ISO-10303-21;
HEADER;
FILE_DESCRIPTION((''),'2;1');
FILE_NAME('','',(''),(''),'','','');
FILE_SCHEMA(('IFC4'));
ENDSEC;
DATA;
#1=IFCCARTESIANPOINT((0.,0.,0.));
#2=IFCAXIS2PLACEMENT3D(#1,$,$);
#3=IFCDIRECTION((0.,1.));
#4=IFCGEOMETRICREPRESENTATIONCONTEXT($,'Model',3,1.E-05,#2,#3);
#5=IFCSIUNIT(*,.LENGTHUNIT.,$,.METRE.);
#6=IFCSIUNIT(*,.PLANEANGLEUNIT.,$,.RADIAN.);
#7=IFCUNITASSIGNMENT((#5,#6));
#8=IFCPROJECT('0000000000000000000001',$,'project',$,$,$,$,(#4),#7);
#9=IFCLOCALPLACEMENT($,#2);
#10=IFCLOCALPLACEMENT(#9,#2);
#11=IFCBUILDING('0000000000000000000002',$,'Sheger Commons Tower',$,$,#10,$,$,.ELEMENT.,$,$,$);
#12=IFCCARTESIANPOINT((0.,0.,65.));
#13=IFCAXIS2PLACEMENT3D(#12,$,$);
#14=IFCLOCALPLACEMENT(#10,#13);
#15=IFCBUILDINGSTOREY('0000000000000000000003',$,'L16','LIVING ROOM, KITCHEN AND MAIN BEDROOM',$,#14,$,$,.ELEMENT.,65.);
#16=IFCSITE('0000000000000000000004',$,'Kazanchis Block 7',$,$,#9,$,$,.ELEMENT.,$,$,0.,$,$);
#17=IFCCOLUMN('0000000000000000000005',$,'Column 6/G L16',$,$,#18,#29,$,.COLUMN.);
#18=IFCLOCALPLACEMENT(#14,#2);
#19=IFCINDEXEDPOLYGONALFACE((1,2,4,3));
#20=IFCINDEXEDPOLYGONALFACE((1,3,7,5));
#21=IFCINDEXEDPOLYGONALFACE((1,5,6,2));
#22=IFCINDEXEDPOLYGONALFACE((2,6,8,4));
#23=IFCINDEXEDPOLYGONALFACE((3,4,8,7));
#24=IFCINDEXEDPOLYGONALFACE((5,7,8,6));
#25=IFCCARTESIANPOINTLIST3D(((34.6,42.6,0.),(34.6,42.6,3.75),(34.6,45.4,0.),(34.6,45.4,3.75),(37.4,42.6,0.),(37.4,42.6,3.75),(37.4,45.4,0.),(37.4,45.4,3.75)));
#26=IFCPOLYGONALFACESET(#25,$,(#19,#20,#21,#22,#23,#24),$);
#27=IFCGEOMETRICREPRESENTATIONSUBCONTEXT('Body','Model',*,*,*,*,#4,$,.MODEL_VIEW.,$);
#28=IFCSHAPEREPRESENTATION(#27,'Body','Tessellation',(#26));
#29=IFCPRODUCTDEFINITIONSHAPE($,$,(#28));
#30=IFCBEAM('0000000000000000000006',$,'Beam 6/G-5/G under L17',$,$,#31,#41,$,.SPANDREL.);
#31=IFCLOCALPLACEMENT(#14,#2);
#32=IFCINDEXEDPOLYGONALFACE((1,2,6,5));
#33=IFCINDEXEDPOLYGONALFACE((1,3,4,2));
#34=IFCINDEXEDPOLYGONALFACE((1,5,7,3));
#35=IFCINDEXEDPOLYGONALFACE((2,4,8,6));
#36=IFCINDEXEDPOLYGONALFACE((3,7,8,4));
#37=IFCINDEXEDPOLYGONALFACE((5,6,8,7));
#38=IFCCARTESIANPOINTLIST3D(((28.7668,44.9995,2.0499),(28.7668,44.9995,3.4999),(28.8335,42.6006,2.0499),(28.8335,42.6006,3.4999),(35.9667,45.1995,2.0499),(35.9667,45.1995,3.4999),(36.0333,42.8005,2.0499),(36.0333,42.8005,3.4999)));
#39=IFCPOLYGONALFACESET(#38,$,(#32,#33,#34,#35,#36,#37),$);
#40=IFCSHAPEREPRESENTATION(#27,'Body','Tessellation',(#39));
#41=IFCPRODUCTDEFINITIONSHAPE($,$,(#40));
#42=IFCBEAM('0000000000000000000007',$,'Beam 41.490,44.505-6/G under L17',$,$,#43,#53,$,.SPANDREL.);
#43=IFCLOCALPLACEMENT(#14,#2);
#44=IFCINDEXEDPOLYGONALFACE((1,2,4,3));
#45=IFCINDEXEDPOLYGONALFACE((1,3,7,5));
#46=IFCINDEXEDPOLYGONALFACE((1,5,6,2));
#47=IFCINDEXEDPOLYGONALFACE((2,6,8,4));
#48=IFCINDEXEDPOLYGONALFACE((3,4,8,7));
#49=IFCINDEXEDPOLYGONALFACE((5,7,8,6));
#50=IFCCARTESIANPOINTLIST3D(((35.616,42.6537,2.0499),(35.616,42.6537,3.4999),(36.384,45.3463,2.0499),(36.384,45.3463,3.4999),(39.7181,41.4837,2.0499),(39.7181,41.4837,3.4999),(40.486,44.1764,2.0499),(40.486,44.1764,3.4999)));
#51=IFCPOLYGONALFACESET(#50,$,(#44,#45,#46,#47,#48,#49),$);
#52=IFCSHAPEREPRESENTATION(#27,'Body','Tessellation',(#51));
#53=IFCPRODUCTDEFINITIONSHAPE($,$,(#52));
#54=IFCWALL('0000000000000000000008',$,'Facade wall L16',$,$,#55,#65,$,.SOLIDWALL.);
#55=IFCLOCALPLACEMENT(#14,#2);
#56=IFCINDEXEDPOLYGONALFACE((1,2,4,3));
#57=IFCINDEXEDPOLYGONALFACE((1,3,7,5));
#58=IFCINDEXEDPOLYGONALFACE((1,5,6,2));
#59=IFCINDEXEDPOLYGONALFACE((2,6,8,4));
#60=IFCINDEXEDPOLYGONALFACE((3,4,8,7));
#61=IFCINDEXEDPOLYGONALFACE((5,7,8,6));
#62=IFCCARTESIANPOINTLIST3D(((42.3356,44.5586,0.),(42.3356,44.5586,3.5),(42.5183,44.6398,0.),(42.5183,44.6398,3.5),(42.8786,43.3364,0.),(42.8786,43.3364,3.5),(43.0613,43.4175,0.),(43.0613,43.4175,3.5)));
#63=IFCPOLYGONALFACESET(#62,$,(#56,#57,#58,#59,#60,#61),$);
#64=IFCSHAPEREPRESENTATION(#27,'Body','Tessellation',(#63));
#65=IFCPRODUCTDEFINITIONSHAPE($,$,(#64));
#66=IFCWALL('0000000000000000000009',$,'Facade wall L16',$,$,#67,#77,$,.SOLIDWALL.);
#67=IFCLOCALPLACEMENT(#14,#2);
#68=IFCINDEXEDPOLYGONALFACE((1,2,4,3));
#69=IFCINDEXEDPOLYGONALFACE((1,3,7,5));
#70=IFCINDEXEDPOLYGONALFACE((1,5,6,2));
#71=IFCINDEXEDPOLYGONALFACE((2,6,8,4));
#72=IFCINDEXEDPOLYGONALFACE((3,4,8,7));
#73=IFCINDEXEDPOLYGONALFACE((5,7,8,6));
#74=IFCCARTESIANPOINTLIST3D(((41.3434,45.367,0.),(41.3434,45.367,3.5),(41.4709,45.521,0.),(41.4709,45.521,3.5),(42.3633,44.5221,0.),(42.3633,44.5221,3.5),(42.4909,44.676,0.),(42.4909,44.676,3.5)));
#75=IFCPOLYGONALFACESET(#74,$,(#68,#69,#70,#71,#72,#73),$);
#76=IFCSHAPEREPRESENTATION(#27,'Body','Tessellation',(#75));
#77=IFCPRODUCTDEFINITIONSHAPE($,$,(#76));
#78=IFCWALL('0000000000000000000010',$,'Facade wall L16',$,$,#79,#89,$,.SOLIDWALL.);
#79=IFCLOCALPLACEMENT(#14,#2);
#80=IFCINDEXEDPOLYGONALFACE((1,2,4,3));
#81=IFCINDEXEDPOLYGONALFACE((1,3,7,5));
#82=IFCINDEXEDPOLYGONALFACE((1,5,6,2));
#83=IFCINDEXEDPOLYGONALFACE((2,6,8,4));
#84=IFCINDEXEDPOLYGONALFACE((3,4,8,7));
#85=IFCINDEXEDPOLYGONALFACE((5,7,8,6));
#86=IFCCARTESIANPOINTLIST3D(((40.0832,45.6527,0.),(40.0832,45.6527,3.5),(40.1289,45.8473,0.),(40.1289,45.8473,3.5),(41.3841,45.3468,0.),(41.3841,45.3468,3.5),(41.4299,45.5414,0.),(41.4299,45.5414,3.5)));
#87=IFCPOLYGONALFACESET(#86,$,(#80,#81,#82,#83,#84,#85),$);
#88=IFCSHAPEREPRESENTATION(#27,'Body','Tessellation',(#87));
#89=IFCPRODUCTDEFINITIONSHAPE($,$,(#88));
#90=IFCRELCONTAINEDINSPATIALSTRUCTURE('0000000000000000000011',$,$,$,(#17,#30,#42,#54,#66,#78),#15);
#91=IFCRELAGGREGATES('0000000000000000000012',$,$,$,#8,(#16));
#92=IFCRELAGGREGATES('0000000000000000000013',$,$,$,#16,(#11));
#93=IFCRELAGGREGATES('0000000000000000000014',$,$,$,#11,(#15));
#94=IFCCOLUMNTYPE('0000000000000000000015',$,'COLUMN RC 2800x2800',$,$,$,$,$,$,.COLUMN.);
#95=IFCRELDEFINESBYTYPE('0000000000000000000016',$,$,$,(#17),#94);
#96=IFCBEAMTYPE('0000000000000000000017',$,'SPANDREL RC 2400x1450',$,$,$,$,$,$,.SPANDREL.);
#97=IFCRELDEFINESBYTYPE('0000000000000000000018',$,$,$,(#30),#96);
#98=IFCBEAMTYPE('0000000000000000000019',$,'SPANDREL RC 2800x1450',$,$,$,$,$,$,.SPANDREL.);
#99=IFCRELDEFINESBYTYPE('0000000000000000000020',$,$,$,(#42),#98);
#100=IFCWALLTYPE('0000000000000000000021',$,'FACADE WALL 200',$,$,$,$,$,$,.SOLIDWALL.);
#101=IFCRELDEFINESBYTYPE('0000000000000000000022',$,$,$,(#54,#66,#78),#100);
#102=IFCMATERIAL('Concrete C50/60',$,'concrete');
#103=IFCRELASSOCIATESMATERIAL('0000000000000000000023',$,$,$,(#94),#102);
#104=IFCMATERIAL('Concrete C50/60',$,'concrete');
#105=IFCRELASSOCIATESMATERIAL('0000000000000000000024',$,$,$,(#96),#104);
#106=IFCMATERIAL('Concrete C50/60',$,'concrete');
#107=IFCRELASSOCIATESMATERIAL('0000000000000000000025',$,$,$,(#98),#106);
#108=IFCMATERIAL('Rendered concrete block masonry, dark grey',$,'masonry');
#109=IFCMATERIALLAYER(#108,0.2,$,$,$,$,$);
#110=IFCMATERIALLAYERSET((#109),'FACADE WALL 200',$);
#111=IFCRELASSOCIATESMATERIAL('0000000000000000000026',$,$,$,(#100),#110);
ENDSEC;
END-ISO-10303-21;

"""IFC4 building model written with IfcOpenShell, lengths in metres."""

from ifc_helpers import new_model, si_unit, direction, frame, frame_2d, origin, origin_2d, place, context, subcontext, project, spatial, rectangle, extrude, material, layer, layer_set, material_profile, profile_set, type_object, element, save


model = new_model("IFC4")

# Units and contexts
model_context = context("Model", 3, precision=1e-05, world=origin(), true_north=direction((0.0, 1.0)))
body_context = subcontext(model_context, "Body", "Model", "MODEL_VIEW")
ifc_project = project(units=[si_unit("LENGTHUNIT", "METRE"), si_unit("PLANEANGLEUNIT", "RADIAN")], contexts=[model_context])

# Site, building, storey
site_placement = place(None, origin())
site = spatial("IfcSite", under=ifc_project, at=site_placement, Name="Kazanchis Block 7", CompositionType="ELEMENT", RefElevation=0.0)
building_placement = place(site_placement, origin())
building = spatial("IfcBuilding", under=site, at=building_placement, Name="Sheger Commons Tower", CompositionType="ELEMENT")
storey_placement = place(building_placement, frame((0.0, 0.0, 65.0)))
storey = spatial("IfcBuildingStorey", under=building, at=storey_placement, Name="L16", Description="LIVING ROOM, KITCHEN AND MAIN BEDROOM", CompositionType="ELEMENT", Elevation=65.0)

# Column
ifc_material_1 = material(Name="Concrete C50/60", Category="concrete")
ifc_material_profile_1 = material_profile(ifc_material_1, rectangle(XDim=2.8, YDim=2.8, at=origin_2d()), Name="RC 2800x2800")
ifc_profile_set_1 = profile_set([ifc_material_profile_1], Name="Concrete C50/60")
column_type = type_object("IfcColumnType", Name="COLUMN RC 2800x2800", PredefinedType="COLUMN", material=ifc_profile_set_1)
column_placement = place(storey_placement, frame((36.0, 44.0, 0.0), z_axis=(0.0, 0.0, 1.0), x_axis=(1.0, 0.0, 0.0)))
element("IfcColumn", 1, at=column_placement, inside=storey, type_object=column_type, Name="Column 6/G L16", PredefinedType="COLUMN", context=body_context, shape_type="SweptSolid", body=[
    extrude(rectangle(XDim=2.8, YDim=2.8, at=origin_2d()), origin(), (0.0, 0.0, 1.0), 3.75),
])

# Beams
ifc_material_2 = material(Name="Concrete C50/60", Category="concrete")
ifc_material_profile_2 = material_profile(ifc_material_2, rectangle(XDim=2.3999, YDim=1.45, at=origin_2d()), Name="RC 2400x1450")
ifc_profile_set_2 = profile_set([ifc_material_profile_2], Name="Concrete C50/60")
beam_type_1 = type_object("IfcBeamType", Name="SPANDREL RC 2400x1450", PredefinedType="SPANDREL", material=ifc_profile_set_2)
beam_1_placement = place(storey_placement, frame((36.0, 44.0, 2.7749), z_axis=(-0.999615, -0.02776, 0.0), x_axis=(0.02776, -0.999615, 0.0)))
element("IfcBeam", 2, at=beam_1_placement, inside=storey, type_object=beam_type_1, Name="Beam 6/G-5/G under L17", PredefinedType="SPANDREL", context=body_context, shape_type="SweptSolid", body=[
    extrude(rectangle(XDim=2.3999, YDim=1.45, at=origin_2d()), origin(), (0.0, 0.0, 1.0), 7.2026),
])
ifc_material_3 = material(Name="Concrete C50/60", Category="concrete")
ifc_material_profile_3 = material_profile(ifc_material_3, rectangle(XDim=2.8, YDim=1.45, at=origin_2d()), Name="RC 2800x1450")
ifc_profile_set_3 = profile_set([ifc_material_profile_3], Name="Concrete C50/60")
beam_type_2 = type_object("IfcBeamType", Name="SPANDREL RC 2800x1450", PredefinedType="SPANDREL", material=ifc_profile_set_3)
beam_2_placement = place(storey_placement, frame((40.1021, 42.8301, 2.7749), z_axis=(-0.961653, 0.274268, 0.0), x_axis=(-0.274268, -0.961653, 0.0)))
element("IfcBeam", 3, at=beam_2_placement, inside=storey, type_object=beam_type_2, Name="Beam 41.490,44.505-6/G under L17", PredefinedType="SPANDREL", context=body_context, shape_type="SweptSolid", body=[
    extrude(rectangle(XDim=2.8, YDim=1.45, at=origin_2d()), origin(), (0.0, 0.0, 1.0), 4.2656),
])

# Walls
ifc_material_4 = material(Name="Rendered concrete block masonry, dark grey", Category="masonry")
ifc_layer_1 = layer(ifc_material_4, 0.2)
ifc_layer_set_1 = layer_set([ifc_layer_1], Name="FACADE WALL 200")
wall_type_1 = type_object("IfcWallType", Name="FACADE WALL 200", PredefinedType="SOLIDWALL", material=ifc_layer_set_1)
wall_1_placement = place(storey_placement, frame((42.97, 43.377, 0.0), z_axis=(0.0, 0.0, 1.0), x_axis=(-0.406003, 0.913872, 0.0)))
element("IfcWall", 4, at=wall_1_placement, inside=storey, type_object=wall_type_1, Name="Facade wall L16", PredefinedType="SOLIDWALL", context=body_context, shape_type="SweptSolid", body=[
    extrude(rectangle(XDim=1.3374, YDim=0.2, at=frame_2d((0.6687, 0.0))), origin(), (0.0, 0.0, 1.0), 3.5),
])
wall_2_placement = place(storey_placement, frame((42.427, 44.5991, 0.0), z_axis=(0.0, 0.0, 1.0), x_axis=(-0.770091, 0.637934, 0.0)))
element("IfcWall", 5, at=wall_2_placement, inside=storey, type_object=wall_type_1, Name="Facade wall L16", PredefinedType="SOLIDWALL", context=body_context, shape_type="SweptSolid", body=[
    extrude(rectangle(XDim=1.3245, YDim=0.2, at=frame_2d((0.6621, 0.0))), origin(), (0.0, 0.0, 1.0), 3.5),
])
wall_3_placement = place(storey_placement, frame((41.407, 45.4441, 0.0), z_axis=(0.0, 0.0, 1.0), x_axis=(-0.973453, 0.228887, 0.0)))
element("IfcWall", 6, at=wall_3_placement, inside=storey, type_object=wall_type_1, Name="Facade wall L16", PredefinedType="SOLIDWALL", context=body_context, shape_type="SweptSolid", body=[
    extrude(rectangle(XDim=1.3364, YDim=0.2, at=frame_2d((0.6682, 0.0))), origin(), (0.0, 0.0, 1.0), 3.5),
])

save(model, "model.ifc")
